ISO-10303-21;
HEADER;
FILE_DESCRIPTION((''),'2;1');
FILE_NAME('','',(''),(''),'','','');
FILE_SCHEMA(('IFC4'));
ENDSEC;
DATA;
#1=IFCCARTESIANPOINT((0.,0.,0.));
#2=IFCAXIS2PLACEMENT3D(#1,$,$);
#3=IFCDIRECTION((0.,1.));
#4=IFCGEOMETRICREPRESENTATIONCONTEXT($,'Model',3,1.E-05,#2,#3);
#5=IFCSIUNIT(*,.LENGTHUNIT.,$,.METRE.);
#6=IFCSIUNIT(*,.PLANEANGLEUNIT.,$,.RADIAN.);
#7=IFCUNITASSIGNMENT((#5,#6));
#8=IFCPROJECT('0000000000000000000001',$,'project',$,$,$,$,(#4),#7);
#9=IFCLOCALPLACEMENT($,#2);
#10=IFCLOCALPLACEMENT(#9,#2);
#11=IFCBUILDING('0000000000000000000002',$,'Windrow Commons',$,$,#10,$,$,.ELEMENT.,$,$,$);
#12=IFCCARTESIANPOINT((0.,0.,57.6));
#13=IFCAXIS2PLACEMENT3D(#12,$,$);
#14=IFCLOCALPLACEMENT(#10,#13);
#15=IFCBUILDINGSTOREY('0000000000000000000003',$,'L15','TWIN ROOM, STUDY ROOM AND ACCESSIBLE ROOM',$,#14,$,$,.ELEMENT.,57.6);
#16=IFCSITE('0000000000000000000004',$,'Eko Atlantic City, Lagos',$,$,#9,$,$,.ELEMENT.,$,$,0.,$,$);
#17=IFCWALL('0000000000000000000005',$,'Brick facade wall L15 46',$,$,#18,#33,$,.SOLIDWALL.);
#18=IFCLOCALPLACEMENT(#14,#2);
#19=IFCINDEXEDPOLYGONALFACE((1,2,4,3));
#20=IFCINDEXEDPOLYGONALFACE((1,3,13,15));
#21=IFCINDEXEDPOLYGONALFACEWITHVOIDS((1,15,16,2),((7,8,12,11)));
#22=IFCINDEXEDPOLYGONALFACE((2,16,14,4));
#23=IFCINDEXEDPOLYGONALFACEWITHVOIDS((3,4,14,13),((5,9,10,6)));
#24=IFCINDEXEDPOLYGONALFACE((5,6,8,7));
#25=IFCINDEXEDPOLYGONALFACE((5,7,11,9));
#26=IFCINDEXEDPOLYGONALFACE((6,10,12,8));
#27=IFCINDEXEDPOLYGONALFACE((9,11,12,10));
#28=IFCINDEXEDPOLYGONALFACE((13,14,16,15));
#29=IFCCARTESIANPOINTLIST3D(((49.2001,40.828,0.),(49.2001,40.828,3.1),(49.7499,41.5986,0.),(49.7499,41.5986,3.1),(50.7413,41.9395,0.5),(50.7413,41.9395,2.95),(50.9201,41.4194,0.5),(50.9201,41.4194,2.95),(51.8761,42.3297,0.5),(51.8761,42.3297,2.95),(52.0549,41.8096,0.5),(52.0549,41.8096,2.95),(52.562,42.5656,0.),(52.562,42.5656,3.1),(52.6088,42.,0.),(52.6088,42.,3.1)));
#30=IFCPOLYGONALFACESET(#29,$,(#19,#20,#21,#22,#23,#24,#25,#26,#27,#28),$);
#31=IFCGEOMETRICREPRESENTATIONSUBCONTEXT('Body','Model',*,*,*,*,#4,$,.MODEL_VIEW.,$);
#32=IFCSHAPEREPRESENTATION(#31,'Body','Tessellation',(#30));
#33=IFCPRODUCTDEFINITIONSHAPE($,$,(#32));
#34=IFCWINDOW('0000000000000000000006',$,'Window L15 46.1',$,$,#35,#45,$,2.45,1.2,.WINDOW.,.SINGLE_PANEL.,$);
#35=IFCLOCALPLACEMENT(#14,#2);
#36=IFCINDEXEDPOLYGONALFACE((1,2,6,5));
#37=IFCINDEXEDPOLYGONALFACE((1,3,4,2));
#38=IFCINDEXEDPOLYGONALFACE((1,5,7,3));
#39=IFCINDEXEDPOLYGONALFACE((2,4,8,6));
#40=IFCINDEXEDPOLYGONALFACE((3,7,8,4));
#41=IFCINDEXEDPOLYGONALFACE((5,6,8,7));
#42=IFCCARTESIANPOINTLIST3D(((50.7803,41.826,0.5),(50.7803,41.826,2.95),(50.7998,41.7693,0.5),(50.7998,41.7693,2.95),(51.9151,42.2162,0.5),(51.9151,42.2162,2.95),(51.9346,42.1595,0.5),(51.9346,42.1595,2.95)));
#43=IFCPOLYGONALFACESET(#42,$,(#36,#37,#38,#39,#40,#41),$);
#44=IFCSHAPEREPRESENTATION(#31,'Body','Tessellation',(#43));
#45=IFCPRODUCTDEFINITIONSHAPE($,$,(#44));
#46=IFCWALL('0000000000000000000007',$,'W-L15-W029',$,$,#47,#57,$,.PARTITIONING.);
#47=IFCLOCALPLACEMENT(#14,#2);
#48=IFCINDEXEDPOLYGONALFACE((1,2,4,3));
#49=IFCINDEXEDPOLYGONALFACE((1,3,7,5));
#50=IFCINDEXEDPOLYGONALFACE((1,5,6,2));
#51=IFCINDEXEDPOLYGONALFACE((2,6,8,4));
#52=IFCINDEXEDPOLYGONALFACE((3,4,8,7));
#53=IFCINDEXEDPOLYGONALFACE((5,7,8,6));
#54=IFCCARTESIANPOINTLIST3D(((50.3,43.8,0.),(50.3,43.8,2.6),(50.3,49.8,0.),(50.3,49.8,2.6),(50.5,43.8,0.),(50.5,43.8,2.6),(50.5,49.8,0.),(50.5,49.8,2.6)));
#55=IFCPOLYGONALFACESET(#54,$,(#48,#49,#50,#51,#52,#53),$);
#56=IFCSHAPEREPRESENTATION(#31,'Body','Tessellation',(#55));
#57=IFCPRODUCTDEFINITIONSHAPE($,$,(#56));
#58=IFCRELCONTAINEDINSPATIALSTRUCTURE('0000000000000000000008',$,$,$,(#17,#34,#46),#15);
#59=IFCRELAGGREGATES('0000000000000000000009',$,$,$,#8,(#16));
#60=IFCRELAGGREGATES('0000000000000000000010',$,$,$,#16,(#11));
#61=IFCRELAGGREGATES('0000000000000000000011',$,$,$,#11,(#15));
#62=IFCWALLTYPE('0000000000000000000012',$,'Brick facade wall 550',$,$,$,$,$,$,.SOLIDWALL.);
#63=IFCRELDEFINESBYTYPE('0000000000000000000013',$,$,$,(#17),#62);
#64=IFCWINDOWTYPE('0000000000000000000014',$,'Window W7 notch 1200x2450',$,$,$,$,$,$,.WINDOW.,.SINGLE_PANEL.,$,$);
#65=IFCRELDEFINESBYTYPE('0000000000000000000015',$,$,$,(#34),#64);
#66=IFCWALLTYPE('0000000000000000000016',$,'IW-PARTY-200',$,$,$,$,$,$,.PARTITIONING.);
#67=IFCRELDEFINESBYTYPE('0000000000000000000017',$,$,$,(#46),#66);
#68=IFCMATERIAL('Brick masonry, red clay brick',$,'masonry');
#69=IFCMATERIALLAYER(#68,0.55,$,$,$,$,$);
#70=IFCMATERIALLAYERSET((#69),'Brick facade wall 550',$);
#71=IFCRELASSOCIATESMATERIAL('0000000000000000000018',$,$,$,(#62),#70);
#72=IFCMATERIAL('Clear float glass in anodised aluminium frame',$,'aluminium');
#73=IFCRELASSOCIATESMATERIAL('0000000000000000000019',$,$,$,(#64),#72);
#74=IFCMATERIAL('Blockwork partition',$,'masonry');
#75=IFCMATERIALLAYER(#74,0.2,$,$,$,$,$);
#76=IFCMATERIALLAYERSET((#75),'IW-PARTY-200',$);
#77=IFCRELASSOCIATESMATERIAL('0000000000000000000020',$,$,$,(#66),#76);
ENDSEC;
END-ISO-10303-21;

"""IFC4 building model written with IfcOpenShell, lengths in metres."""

from ifc_helpers import new_model, si_unit, direction, frame, frame_2d, origin, place, context, subcontext, project, spatial, polyline, rectangle, outline, extrude, material, layer, layer_set, type_object, element, fill, save


model = new_model("IFC4")

# Units and contexts
model_context = context("Model", 3, precision=1e-05, world=origin(), true_north=direction((0.0, 1.0)))
body_context = subcontext(model_context, "Body", "Model", "MODEL_VIEW")
ifc_project = project(units=[si_unit("LENGTHUNIT", "METRE"), si_unit("PLANEANGLEUNIT", "RADIAN")], contexts=[model_context])

# Site, building, storey
site_placement = place(None, origin())
site = spatial("IfcSite", under=ifc_project, at=site_placement, Name="Eko Atlantic City, Lagos", CompositionType="ELEMENT", RefElevation=0.0)
building_placement = place(site_placement, origin())
building = spatial("IfcBuilding", under=site, at=building_placement, Name="Windrow Commons", CompositionType="ELEMENT")
storey_placement = place(building_placement, frame((0.0, 0.0, 57.6)))
storey = spatial("IfcBuildingStorey", under=building, at=storey_placement, Name="L15", Description="TWIN ROOM, STUDY ROOM AND ACCESSIBLE ROOM", CompositionType="ELEMENT", Elevation=57.6)

# Shared definitions
ifc_material_1 = material(Name="Brick masonry, red clay brick", Category="masonry")
ifc_layer_1 = layer(ifc_material_1, 0.55)
ifc_layer_set_1 = layer_set([ifc_layer_1], Name="Brick facade wall 550")
wall_type_1 = type_object("IfcWallType", Name="Brick facade wall 550", PredefinedType="SOLIDWALL", material=ifc_layer_set_1)
ifc_material_2 = material(Name="Clear float glass in anodised aluminium frame", Category="aluminium")
window_type_1 = type_object("IfcWindowType", Name="Window W7 notch 1200x2450", PartitioningType="SINGLE_PANEL", PredefinedType="WINDOW", material=ifc_material_2)

# Wall, opening, window
wall_1_placement = place(storey_placement, frame((49.475, 41.2133, 0.0), z_axis=(0.0, 0.0, 1.0), x_axis=(0.945659, 0.325161, 0.0)))
wall_1 = element("IfcWall", 1, at=wall_1_placement, inside=storey, type_object=wall_type_1, Name="Brick facade wall L15 46", PredefinedType="SOLIDWALL", context=body_context, shape_type="SweptSolid", body=[
    extrude(outline(polyline([(-0.3853, -0.275), (3.2193, -0.275), (3.359, 0.275), (0.3853, 0.275), (-0.3853, -0.275)])), origin(), (0.0, 0.0, 1.0), 3.1),
])
opening_1_placement = place(wall_1_placement, frame((1.4336, 0.0, 0.5)))
opening_1 = element("IfcOpeningElement", 2, at=opening_1_placement, cuts=wall_1, PredefinedType="OPENING", context=body_context, shape_type="SweptSolid", body=[
    extrude(rectangle(XDim=1.2, YDim=2.45, at=frame_2d((0.6, 1.225))), frame((0.0, 0.285, 0.0), z_axis=(0.0, -1.0, 0.0), x_axis=(1.0, 0.0, 0.0)), (0.0, 0.0, 1.0), 0.57),
])
window_1_placement = place(opening_1_placement, origin())
window_1 = element("IfcWindow", 3, at=window_1_placement, inside=storey, type_object=window_type_1, Name="Window L15 46.1", OverallHeight=2.45, OverallWidth=1.2, PartitioningType="SINGLE_PANEL", PredefinedType="WINDOW", context=body_context, shape_type="SweptSolid", body=[
    extrude(rectangle(XDim=1.2, YDim=2.45, at=frame_2d((0.6, 1.225))), frame((0.0, 0.155, 0.0), z_axis=(0.0, -1.0, 0.0), x_axis=(1.0, 0.0, 0.0)), (0.0, 0.0, 1.0), 0.06),
])
fill(opening_1, window_1)

# Wall
ifc_material_3 = material(Name="Blockwork partition", Category="masonry")
ifc_layer_2 = layer(ifc_material_3, 0.2)
ifc_layer_set_2 = layer_set([ifc_layer_2], Name="IW-PARTY-200")
wall_type_2 = type_object("IfcWallType", Name="IW-PARTY-200", PredefinedType="PARTITIONING", material=ifc_layer_set_2)
wall_2_placement = place(storey_placement, frame((50.4, 43.8, 0.0), z_axis=(0.0, 0.0, 1.0), x_axis=(0.0, 1.0, 0.0)))
element("IfcWall", 4, at=wall_2_placement, inside=storey, type_object=wall_type_2, Name="W-L15-W029", PredefinedType="PARTITIONING", context=body_context, shape_type="SweptSolid", body=[
    extrude(rectangle(XDim=6.0, YDim=0.2, at=frame_2d((3.0, 0.0))), origin(), (0.0, 0.0, 1.0), 2.6),
])

save(model, "model.ifc")
